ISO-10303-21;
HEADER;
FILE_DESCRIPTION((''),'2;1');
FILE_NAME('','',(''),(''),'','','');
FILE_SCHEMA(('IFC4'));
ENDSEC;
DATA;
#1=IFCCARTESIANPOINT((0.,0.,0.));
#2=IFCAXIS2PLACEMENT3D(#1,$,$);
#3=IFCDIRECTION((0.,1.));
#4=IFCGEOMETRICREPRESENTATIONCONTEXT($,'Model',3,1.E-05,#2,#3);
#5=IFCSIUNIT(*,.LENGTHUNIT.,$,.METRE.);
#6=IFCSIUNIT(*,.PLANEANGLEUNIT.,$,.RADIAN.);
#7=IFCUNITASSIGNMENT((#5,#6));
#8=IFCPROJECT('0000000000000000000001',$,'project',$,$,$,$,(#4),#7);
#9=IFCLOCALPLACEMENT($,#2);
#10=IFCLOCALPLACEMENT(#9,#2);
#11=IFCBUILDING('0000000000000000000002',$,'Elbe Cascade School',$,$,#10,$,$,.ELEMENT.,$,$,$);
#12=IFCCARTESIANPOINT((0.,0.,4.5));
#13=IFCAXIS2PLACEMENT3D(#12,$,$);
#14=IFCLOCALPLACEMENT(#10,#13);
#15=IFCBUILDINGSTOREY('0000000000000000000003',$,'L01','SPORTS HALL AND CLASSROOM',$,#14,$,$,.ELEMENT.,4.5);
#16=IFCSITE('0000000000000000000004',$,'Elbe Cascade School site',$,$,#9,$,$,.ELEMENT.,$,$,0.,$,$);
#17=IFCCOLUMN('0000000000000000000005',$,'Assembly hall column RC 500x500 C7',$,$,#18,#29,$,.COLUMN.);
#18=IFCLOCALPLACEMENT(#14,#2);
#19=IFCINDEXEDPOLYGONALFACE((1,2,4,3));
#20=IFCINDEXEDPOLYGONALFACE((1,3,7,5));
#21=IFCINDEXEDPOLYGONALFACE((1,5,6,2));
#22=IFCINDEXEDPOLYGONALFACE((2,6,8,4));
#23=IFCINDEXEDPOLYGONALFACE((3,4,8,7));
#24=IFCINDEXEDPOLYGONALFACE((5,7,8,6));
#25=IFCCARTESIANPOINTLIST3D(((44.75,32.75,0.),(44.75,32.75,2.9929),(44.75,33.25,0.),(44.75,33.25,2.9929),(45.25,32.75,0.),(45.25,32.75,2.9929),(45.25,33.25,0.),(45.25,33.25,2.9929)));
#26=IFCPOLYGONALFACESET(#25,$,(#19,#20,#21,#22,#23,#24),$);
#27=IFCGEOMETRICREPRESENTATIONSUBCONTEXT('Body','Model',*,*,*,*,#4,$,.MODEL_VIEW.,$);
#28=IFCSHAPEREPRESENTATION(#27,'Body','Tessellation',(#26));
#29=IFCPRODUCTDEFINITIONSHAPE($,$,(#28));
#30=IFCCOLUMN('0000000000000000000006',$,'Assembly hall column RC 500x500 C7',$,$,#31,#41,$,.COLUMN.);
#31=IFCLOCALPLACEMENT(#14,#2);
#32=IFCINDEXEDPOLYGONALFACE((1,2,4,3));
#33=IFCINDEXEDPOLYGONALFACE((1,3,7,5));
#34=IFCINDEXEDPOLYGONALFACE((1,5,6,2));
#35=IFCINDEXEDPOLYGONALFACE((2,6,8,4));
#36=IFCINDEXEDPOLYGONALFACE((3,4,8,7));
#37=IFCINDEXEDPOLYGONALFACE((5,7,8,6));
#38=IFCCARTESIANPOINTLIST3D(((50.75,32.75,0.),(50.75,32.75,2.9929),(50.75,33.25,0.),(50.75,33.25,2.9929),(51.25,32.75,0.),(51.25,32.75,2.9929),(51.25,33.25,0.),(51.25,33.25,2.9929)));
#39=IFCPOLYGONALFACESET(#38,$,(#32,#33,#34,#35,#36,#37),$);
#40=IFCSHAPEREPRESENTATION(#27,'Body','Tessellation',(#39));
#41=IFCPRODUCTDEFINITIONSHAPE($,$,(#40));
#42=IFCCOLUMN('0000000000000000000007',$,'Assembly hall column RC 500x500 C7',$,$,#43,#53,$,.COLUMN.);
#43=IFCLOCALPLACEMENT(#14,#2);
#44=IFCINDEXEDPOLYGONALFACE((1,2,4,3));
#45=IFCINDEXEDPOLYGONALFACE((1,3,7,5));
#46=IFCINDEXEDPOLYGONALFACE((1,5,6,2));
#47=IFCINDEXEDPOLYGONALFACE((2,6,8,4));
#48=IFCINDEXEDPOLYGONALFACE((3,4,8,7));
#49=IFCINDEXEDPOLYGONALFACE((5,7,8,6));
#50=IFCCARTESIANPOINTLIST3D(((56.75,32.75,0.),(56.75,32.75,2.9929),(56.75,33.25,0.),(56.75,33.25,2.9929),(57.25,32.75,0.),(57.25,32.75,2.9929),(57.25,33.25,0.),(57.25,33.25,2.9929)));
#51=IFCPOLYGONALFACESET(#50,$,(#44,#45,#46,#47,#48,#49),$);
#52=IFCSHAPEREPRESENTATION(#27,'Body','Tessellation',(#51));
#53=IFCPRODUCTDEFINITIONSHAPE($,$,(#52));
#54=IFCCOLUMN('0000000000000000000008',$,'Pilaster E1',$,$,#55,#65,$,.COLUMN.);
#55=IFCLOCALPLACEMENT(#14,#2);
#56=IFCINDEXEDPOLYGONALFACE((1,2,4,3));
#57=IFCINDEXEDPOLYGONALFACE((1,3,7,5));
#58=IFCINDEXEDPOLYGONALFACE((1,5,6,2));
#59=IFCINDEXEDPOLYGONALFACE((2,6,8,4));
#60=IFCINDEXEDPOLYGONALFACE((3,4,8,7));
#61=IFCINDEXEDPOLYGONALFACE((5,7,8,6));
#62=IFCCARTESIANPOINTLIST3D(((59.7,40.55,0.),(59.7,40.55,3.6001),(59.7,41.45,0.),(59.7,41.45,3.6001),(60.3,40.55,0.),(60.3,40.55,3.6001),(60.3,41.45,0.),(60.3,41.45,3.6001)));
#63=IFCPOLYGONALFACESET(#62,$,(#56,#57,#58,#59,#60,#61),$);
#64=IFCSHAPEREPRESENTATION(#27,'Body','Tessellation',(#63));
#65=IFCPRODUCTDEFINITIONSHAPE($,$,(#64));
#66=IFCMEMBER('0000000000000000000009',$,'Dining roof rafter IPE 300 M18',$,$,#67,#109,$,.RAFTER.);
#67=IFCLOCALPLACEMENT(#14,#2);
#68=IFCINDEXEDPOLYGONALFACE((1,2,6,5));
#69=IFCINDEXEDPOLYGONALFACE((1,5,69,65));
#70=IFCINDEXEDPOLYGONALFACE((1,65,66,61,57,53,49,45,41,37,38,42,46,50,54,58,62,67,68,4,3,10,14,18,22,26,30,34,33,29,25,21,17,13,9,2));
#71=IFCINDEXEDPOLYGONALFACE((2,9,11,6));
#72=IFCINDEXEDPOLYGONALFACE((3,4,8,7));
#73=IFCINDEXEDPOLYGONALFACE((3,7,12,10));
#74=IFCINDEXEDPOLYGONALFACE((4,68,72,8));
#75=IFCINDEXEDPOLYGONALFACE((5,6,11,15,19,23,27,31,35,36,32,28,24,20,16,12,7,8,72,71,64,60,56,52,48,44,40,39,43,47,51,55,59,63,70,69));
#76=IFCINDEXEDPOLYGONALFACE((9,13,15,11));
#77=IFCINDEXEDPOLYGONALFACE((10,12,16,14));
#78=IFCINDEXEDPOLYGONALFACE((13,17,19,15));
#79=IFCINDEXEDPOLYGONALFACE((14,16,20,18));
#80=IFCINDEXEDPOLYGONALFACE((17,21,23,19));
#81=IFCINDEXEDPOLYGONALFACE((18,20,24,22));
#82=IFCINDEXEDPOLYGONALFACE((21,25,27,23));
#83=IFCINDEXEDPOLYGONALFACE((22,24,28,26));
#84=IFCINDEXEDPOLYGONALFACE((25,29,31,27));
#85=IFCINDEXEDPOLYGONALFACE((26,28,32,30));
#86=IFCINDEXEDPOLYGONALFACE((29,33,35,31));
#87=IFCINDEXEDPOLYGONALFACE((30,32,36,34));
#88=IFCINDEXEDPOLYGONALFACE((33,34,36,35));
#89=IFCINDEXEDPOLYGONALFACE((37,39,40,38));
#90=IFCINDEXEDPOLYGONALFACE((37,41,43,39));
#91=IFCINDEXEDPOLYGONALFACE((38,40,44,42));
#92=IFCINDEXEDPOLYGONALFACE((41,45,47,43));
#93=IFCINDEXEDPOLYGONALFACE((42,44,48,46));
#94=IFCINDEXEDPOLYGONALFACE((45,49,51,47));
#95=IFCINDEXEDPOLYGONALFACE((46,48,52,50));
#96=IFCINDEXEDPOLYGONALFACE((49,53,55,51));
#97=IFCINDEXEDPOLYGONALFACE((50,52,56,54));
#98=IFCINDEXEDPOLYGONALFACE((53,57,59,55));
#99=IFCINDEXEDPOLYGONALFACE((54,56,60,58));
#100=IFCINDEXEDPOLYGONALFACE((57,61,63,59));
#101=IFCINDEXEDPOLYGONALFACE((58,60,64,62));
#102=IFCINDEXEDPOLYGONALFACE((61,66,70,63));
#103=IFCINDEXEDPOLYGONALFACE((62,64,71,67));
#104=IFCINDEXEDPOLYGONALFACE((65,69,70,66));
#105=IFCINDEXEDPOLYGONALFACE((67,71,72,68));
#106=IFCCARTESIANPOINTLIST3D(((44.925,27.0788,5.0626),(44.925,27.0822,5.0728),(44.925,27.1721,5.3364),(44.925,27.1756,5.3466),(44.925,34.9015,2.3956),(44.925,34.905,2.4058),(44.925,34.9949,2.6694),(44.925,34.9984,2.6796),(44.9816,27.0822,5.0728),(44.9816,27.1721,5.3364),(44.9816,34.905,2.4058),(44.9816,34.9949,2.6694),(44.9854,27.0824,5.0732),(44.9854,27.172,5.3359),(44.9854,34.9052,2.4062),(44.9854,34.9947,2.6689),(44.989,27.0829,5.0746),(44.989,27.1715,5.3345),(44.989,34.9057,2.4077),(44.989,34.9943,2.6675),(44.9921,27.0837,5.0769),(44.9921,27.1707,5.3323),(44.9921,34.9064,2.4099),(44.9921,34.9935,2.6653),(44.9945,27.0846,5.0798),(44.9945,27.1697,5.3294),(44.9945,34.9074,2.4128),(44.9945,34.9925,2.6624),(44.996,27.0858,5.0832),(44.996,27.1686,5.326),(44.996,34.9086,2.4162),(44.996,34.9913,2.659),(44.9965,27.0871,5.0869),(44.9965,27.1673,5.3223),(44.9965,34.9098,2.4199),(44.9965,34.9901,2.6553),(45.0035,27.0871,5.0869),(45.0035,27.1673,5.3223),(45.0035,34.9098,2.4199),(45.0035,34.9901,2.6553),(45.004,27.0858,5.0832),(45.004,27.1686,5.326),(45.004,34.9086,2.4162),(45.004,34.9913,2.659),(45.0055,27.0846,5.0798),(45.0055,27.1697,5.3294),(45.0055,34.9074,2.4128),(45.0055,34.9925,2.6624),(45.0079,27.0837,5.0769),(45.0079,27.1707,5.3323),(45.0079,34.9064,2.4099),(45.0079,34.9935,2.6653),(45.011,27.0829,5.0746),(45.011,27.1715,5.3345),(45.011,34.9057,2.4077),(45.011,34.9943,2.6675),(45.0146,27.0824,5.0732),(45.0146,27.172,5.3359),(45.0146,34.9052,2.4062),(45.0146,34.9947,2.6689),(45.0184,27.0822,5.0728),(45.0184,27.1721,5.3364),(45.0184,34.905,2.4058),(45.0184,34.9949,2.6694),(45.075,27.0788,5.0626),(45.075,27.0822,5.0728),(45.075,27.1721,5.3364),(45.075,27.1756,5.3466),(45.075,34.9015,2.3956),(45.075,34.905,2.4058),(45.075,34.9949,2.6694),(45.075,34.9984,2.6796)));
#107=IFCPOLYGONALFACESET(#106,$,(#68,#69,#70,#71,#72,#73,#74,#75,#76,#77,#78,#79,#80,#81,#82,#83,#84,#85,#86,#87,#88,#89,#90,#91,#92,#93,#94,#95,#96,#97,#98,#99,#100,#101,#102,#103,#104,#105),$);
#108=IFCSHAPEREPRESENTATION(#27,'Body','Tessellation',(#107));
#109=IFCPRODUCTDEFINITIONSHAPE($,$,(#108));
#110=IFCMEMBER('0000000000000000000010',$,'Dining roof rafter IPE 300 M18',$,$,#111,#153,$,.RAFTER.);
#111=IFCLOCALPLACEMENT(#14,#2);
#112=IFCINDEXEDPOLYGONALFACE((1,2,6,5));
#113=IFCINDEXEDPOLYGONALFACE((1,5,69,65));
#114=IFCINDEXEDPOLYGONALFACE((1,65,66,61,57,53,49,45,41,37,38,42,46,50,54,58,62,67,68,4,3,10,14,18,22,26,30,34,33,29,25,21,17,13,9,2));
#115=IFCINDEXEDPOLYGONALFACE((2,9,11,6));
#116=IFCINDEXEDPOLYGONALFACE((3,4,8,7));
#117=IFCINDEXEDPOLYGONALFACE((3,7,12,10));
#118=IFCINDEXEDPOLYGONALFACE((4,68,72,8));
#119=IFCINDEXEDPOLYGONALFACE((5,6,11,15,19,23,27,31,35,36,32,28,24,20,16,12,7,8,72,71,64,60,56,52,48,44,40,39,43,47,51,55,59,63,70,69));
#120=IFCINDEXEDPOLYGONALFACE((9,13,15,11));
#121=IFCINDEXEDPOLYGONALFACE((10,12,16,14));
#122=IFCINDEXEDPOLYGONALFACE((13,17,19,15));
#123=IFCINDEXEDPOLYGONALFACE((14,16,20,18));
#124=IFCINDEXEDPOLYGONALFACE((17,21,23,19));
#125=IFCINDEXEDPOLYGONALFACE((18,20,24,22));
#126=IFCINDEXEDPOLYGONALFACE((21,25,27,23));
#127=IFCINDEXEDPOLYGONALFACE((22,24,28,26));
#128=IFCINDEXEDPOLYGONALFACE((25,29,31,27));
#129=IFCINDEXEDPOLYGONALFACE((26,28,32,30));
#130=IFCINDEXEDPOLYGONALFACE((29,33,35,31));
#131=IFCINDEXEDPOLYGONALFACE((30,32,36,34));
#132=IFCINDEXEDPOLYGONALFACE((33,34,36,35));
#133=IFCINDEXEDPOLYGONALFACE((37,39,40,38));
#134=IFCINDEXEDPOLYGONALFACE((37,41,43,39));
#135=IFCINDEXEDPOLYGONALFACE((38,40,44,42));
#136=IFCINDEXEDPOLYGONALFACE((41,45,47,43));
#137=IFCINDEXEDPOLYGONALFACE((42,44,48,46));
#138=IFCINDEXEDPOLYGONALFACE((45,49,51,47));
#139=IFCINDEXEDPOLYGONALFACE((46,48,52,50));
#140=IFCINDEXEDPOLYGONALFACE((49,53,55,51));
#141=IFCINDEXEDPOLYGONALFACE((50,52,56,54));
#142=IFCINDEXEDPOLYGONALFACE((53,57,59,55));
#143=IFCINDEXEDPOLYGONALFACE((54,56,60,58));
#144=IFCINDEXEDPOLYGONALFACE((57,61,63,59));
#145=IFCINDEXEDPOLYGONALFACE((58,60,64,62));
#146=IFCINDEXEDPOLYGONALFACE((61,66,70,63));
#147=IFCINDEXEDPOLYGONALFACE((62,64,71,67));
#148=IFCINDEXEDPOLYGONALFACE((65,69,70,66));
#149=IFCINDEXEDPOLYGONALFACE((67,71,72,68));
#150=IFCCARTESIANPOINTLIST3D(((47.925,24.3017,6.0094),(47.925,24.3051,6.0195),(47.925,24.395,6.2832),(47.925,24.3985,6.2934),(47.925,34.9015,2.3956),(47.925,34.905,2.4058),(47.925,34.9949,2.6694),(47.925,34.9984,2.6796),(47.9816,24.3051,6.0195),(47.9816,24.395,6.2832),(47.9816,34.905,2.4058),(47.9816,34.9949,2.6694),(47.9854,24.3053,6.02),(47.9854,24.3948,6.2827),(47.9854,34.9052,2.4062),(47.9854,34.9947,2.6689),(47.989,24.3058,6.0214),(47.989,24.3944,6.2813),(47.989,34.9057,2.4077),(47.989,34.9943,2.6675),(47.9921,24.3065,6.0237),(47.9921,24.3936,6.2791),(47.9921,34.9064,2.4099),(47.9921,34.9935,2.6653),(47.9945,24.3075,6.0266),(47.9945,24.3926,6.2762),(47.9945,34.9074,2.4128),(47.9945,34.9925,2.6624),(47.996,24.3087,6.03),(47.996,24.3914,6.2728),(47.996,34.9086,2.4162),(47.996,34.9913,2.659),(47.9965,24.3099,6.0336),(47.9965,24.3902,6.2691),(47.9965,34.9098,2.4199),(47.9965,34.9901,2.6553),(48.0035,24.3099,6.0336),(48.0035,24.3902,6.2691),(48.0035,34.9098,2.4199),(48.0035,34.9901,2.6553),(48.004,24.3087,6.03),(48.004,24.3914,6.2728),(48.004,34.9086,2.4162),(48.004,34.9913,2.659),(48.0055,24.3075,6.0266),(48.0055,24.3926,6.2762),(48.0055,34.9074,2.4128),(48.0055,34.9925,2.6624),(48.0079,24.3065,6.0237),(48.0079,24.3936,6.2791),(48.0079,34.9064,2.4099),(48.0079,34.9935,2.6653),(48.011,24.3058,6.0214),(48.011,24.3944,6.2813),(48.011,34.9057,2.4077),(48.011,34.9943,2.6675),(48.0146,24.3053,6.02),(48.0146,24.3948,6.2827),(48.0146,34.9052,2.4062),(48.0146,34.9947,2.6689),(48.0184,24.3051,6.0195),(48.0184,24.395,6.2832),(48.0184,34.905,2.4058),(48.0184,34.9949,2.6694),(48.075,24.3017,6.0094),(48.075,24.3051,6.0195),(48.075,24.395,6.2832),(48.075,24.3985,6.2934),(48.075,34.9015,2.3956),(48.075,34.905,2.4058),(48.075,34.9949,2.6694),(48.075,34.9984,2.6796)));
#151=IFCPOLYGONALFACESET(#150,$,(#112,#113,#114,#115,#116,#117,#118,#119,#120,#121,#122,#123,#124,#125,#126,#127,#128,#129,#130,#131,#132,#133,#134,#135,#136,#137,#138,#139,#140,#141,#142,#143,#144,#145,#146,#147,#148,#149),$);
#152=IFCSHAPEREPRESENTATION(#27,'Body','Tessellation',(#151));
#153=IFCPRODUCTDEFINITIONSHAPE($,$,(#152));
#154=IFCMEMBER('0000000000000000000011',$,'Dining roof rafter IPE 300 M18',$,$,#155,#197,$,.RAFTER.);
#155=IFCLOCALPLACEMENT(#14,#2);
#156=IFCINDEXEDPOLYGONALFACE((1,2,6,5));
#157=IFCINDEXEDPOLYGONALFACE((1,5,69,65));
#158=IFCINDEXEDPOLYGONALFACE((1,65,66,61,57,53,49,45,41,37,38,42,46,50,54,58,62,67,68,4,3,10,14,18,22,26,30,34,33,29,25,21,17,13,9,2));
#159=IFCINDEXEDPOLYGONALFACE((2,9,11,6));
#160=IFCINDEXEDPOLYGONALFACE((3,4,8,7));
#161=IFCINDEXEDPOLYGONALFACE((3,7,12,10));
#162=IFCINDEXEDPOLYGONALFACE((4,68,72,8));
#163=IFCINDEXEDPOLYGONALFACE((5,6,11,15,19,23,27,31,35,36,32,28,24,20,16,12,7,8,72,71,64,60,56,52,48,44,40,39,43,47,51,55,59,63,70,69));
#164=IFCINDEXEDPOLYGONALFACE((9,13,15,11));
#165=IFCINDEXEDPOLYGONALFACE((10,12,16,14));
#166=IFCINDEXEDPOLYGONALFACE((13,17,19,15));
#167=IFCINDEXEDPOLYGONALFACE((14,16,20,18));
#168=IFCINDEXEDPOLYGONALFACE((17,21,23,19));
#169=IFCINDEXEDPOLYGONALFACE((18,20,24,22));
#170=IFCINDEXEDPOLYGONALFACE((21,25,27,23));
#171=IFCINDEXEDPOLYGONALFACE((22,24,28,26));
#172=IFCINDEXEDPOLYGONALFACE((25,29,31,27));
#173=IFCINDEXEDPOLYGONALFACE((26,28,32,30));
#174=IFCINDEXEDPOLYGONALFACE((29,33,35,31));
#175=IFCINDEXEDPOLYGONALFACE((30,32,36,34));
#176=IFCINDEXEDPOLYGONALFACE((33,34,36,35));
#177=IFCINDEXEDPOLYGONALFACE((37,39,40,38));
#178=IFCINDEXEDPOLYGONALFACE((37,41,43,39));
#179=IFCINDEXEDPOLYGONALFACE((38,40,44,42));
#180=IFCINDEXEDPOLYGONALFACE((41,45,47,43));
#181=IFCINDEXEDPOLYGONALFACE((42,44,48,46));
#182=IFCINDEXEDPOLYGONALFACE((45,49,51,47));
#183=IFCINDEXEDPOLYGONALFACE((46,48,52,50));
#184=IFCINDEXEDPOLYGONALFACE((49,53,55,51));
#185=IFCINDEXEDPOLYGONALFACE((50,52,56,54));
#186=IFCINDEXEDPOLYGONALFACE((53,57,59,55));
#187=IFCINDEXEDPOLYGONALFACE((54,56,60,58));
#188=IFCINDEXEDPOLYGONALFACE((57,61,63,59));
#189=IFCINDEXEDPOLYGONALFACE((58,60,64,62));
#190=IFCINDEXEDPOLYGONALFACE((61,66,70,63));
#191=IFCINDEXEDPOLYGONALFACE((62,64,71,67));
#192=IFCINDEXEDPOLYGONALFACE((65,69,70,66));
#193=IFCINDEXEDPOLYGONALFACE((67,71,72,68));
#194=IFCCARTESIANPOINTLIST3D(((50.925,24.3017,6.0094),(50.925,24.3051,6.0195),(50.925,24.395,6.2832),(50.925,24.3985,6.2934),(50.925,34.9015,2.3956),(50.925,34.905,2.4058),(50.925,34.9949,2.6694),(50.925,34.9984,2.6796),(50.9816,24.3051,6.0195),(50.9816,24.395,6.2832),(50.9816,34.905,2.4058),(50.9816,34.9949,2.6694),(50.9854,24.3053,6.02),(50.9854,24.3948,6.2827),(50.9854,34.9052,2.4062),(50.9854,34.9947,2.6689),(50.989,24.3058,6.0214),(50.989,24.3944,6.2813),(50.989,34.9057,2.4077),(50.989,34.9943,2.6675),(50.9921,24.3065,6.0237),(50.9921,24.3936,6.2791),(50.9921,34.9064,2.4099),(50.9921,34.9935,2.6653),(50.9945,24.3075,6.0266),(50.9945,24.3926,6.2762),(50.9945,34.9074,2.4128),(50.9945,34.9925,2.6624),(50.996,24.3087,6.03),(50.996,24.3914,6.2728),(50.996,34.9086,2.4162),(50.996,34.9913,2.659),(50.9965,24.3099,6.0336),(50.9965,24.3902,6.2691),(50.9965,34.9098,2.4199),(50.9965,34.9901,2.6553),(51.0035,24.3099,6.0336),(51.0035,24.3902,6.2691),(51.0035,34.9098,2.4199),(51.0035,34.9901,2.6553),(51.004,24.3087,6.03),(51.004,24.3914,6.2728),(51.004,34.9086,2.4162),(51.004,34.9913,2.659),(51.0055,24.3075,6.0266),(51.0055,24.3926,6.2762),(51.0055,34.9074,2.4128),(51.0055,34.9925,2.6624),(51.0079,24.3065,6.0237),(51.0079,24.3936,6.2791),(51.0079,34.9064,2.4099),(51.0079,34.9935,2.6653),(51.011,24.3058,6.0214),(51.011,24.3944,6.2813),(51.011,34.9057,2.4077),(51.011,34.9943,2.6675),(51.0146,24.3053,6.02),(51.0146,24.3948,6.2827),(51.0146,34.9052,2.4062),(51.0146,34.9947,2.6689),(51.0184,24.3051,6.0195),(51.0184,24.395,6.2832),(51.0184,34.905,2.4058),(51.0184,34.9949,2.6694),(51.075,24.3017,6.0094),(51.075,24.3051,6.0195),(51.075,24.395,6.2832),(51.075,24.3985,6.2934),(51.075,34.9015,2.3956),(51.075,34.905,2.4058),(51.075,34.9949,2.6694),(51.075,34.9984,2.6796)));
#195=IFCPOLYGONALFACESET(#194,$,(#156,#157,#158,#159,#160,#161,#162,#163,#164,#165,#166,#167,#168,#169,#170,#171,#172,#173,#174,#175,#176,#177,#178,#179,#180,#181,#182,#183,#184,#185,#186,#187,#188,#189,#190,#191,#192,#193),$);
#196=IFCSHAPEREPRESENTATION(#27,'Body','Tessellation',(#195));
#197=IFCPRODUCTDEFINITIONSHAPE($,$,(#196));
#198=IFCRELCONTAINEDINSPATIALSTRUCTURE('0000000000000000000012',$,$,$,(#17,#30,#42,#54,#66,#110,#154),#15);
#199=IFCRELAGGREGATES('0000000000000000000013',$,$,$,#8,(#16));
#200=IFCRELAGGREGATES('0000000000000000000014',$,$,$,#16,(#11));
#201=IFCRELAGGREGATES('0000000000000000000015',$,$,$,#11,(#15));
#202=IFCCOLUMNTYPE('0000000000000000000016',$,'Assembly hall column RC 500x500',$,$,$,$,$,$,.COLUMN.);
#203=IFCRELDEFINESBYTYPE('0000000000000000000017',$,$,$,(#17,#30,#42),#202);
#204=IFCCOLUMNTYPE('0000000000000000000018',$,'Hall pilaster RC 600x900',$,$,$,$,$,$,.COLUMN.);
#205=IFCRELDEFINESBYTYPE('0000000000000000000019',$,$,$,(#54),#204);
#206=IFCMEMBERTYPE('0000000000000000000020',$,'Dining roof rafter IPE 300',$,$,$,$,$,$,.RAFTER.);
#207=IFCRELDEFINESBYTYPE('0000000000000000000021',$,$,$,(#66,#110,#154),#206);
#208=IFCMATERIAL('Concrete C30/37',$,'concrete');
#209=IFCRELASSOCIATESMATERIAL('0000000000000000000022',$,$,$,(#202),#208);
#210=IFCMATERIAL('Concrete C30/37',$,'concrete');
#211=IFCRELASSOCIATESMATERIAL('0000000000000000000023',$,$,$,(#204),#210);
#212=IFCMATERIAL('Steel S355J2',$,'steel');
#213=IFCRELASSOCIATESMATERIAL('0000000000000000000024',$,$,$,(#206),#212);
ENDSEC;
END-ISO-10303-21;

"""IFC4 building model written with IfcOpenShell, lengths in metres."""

from ifc_helpers import new_model, si_unit, direction, frame, origin, origin_2d, place, context, subcontext, project, spatial, rectangle, i_section, extrude, material, material_profile, profile_set, type_object, element, save


model = new_model("IFC4")

# Units and contexts
model_context = context("Model", 3, precision=1e-05, world=origin(), true_north=direction((0.0, 1.0)))
body_context = subcontext(model_context, "Body", "Model", "MODEL_VIEW")
ifc_project = project(units=[si_unit("LENGTHUNIT", "METRE"), si_unit("PLANEANGLEUNIT", "RADIAN")], contexts=[model_context])

# Site, building, storey
site_placement = place(None, origin())
site = spatial("IfcSite", under=ifc_project, at=site_placement, Name="Elbe Cascade School site", CompositionType="ELEMENT", RefElevation=0.0)
building_placement = place(site_placement, origin())
building = spatial("IfcBuilding", under=site, at=building_placement, Name="Elbe Cascade School", CompositionType="ELEMENT")
storey_placement = place(building_placement, frame((0.0, 0.0, 4.5)))
storey = spatial("IfcBuildingStorey", under=building, at=storey_placement, Name="L01", Description="SPORTS HALL AND CLASSROOM", CompositionType="ELEMENT", Elevation=4.5)

# Columns
ifc_material_1 = material(Name="Concrete C30/37", Category="concrete")
ifc_material_profile_1 = material_profile(ifc_material_1, rectangle(XDim=0.5, YDim=0.5, at=origin_2d()), Name="RC 500x500")
ifc_profile_set_1 = profile_set([ifc_material_profile_1], Name="Concrete C30/37")
column_type_1 = type_object("IfcColumnType", Name="Assembly hall column RC 500x500", PredefinedType="COLUMN", material=ifc_profile_set_1)
for number, where, z_axis, x_axis, name in (
    (1, (45.0, 33.0, 0.0), (0.0, 0.0, 1.0), (1.0, 0.0, 0.0), "Assembly hall column RC 500x500 C7"),
    (2, (51.0, 33.0, 0.0), (0.0, 0.0, 1.0), (1.0, 0.0, 0.0), "Assembly hall column RC 500x500 C7"),
    (3, (57.0, 33.0, 0.0), (0.0, 0.0, 1.0), (1.0, 0.0, 0.0), "Assembly hall column RC 500x500 C7"),
):
    element("IfcColumn", number, at=place(storey_placement, frame(where, z_axis=z_axis, x_axis=x_axis)), inside=storey, type_object=column_type_1, Name=name, PredefinedType="COLUMN", context=body_context, shape_type="SweptSolid", body=[
        extrude(rectangle(XDim=0.5, YDim=0.5, at=origin_2d()), origin(), (0.0, 0.0, 1.0), 2.9929),
    ])
ifc_material_2 = material(Name="Concrete C30/37", Category="concrete")
ifc_material_profile_2 = material_profile(ifc_material_2, rectangle(XDim=0.6001, YDim=0.8999, at=origin_2d()), Name="RC 600x900")
ifc_profile_set_2 = profile_set([ifc_material_profile_2], Name="Concrete C30/37")
column_type_2 = type_object("IfcColumnType", Name="Hall pilaster RC 600x900", PredefinedType="COLUMN", material=ifc_profile_set_2)
column_placement = place(storey_placement, frame((60.0, 41.0, 0.0), z_axis=(0.0, 0.0, 1.0), x_axis=(1.0, 0.0, 0.0)))
element("IfcColumn", 4, at=column_placement, inside=storey, type_object=column_type_2, Name="Pilaster E1", PredefinedType="COLUMN", context=body_context, shape_type="SweptSolid", body=[
    extrude(rectangle(XDim=0.6001, YDim=0.8999, at=origin_2d()), origin(), (0.0, 0.0, 1.0), 3.6001),
])

# Members
ifc_material_3 = material(Name="Steel S355J2", Category="steel")
ifc_material_profile_3 = material_profile(ifc_material_3, i_section(OverallWidth=0.1499, OverallDepth=0.3, WebThickness=0.0071, FlangeThickness=0.0107, FilletRadius=0.0149, at=origin_2d()), Name="IPE 300")
ifc_profile_set_3 = profile_set([ifc_material_profile_3], Name="Steel S355J2")
member_type = type_object("IfcMemberType", Name="Dining roof rafter IPE 300", PredefinedType="RAFTER", material=ifc_profile_set_3)
member_1_placement = place(storey_placement, frame((45.0, 34.95, 2.5376), z_axis=(0.0, -0.946505, 0.32269), x_axis=(1.0, 0.0, 0.0)))
element("IfcMember", 5, at=member_1_placement, inside=storey, type_object=member_type, Name="Dining roof rafter IPE 300 M18", PredefinedType="RAFTER", context=body_context, shape_type="SweptSolid", body=[
    extrude(i_section(OverallWidth=0.1499, OverallDepth=0.3, WebThickness=0.0071, FlangeThickness=0.0107, FilletRadius=0.0149, at=origin_2d()), origin(), (0.0, 0.0, 1.0), 8.2649),
])
for number, where, z_axis, x_axis, name in (
    (6, (48.0, 34.95, 2.5376), (0.0, -0.946505, 0.322689), (1.0, 0.0, 0.0), "Dining roof rafter IPE 300 M18"),
    (7, (51.0, 34.95, 2.5376), (0.0, -0.946505, 0.322689), (1.0, 0.0, 0.0), "Dining roof rafter IPE 300 M18"),
):
    element("IfcMember", number, at=place(storey_placement, frame(where, z_axis=z_axis, x_axis=x_axis)), inside=storey, type_object=member_type, Name=name, PredefinedType="RAFTER", context=body_context, shape_type="SweptSolid", body=[
        extrude(i_section(OverallWidth=0.1499, OverallDepth=0.3, WebThickness=0.0071, FlangeThickness=0.0107, FilletRadius=0.0149, at=origin_2d()), origin(), (0.0, 0.0, 1.0), 11.199),
    ])

save(model, "model.ifc")
